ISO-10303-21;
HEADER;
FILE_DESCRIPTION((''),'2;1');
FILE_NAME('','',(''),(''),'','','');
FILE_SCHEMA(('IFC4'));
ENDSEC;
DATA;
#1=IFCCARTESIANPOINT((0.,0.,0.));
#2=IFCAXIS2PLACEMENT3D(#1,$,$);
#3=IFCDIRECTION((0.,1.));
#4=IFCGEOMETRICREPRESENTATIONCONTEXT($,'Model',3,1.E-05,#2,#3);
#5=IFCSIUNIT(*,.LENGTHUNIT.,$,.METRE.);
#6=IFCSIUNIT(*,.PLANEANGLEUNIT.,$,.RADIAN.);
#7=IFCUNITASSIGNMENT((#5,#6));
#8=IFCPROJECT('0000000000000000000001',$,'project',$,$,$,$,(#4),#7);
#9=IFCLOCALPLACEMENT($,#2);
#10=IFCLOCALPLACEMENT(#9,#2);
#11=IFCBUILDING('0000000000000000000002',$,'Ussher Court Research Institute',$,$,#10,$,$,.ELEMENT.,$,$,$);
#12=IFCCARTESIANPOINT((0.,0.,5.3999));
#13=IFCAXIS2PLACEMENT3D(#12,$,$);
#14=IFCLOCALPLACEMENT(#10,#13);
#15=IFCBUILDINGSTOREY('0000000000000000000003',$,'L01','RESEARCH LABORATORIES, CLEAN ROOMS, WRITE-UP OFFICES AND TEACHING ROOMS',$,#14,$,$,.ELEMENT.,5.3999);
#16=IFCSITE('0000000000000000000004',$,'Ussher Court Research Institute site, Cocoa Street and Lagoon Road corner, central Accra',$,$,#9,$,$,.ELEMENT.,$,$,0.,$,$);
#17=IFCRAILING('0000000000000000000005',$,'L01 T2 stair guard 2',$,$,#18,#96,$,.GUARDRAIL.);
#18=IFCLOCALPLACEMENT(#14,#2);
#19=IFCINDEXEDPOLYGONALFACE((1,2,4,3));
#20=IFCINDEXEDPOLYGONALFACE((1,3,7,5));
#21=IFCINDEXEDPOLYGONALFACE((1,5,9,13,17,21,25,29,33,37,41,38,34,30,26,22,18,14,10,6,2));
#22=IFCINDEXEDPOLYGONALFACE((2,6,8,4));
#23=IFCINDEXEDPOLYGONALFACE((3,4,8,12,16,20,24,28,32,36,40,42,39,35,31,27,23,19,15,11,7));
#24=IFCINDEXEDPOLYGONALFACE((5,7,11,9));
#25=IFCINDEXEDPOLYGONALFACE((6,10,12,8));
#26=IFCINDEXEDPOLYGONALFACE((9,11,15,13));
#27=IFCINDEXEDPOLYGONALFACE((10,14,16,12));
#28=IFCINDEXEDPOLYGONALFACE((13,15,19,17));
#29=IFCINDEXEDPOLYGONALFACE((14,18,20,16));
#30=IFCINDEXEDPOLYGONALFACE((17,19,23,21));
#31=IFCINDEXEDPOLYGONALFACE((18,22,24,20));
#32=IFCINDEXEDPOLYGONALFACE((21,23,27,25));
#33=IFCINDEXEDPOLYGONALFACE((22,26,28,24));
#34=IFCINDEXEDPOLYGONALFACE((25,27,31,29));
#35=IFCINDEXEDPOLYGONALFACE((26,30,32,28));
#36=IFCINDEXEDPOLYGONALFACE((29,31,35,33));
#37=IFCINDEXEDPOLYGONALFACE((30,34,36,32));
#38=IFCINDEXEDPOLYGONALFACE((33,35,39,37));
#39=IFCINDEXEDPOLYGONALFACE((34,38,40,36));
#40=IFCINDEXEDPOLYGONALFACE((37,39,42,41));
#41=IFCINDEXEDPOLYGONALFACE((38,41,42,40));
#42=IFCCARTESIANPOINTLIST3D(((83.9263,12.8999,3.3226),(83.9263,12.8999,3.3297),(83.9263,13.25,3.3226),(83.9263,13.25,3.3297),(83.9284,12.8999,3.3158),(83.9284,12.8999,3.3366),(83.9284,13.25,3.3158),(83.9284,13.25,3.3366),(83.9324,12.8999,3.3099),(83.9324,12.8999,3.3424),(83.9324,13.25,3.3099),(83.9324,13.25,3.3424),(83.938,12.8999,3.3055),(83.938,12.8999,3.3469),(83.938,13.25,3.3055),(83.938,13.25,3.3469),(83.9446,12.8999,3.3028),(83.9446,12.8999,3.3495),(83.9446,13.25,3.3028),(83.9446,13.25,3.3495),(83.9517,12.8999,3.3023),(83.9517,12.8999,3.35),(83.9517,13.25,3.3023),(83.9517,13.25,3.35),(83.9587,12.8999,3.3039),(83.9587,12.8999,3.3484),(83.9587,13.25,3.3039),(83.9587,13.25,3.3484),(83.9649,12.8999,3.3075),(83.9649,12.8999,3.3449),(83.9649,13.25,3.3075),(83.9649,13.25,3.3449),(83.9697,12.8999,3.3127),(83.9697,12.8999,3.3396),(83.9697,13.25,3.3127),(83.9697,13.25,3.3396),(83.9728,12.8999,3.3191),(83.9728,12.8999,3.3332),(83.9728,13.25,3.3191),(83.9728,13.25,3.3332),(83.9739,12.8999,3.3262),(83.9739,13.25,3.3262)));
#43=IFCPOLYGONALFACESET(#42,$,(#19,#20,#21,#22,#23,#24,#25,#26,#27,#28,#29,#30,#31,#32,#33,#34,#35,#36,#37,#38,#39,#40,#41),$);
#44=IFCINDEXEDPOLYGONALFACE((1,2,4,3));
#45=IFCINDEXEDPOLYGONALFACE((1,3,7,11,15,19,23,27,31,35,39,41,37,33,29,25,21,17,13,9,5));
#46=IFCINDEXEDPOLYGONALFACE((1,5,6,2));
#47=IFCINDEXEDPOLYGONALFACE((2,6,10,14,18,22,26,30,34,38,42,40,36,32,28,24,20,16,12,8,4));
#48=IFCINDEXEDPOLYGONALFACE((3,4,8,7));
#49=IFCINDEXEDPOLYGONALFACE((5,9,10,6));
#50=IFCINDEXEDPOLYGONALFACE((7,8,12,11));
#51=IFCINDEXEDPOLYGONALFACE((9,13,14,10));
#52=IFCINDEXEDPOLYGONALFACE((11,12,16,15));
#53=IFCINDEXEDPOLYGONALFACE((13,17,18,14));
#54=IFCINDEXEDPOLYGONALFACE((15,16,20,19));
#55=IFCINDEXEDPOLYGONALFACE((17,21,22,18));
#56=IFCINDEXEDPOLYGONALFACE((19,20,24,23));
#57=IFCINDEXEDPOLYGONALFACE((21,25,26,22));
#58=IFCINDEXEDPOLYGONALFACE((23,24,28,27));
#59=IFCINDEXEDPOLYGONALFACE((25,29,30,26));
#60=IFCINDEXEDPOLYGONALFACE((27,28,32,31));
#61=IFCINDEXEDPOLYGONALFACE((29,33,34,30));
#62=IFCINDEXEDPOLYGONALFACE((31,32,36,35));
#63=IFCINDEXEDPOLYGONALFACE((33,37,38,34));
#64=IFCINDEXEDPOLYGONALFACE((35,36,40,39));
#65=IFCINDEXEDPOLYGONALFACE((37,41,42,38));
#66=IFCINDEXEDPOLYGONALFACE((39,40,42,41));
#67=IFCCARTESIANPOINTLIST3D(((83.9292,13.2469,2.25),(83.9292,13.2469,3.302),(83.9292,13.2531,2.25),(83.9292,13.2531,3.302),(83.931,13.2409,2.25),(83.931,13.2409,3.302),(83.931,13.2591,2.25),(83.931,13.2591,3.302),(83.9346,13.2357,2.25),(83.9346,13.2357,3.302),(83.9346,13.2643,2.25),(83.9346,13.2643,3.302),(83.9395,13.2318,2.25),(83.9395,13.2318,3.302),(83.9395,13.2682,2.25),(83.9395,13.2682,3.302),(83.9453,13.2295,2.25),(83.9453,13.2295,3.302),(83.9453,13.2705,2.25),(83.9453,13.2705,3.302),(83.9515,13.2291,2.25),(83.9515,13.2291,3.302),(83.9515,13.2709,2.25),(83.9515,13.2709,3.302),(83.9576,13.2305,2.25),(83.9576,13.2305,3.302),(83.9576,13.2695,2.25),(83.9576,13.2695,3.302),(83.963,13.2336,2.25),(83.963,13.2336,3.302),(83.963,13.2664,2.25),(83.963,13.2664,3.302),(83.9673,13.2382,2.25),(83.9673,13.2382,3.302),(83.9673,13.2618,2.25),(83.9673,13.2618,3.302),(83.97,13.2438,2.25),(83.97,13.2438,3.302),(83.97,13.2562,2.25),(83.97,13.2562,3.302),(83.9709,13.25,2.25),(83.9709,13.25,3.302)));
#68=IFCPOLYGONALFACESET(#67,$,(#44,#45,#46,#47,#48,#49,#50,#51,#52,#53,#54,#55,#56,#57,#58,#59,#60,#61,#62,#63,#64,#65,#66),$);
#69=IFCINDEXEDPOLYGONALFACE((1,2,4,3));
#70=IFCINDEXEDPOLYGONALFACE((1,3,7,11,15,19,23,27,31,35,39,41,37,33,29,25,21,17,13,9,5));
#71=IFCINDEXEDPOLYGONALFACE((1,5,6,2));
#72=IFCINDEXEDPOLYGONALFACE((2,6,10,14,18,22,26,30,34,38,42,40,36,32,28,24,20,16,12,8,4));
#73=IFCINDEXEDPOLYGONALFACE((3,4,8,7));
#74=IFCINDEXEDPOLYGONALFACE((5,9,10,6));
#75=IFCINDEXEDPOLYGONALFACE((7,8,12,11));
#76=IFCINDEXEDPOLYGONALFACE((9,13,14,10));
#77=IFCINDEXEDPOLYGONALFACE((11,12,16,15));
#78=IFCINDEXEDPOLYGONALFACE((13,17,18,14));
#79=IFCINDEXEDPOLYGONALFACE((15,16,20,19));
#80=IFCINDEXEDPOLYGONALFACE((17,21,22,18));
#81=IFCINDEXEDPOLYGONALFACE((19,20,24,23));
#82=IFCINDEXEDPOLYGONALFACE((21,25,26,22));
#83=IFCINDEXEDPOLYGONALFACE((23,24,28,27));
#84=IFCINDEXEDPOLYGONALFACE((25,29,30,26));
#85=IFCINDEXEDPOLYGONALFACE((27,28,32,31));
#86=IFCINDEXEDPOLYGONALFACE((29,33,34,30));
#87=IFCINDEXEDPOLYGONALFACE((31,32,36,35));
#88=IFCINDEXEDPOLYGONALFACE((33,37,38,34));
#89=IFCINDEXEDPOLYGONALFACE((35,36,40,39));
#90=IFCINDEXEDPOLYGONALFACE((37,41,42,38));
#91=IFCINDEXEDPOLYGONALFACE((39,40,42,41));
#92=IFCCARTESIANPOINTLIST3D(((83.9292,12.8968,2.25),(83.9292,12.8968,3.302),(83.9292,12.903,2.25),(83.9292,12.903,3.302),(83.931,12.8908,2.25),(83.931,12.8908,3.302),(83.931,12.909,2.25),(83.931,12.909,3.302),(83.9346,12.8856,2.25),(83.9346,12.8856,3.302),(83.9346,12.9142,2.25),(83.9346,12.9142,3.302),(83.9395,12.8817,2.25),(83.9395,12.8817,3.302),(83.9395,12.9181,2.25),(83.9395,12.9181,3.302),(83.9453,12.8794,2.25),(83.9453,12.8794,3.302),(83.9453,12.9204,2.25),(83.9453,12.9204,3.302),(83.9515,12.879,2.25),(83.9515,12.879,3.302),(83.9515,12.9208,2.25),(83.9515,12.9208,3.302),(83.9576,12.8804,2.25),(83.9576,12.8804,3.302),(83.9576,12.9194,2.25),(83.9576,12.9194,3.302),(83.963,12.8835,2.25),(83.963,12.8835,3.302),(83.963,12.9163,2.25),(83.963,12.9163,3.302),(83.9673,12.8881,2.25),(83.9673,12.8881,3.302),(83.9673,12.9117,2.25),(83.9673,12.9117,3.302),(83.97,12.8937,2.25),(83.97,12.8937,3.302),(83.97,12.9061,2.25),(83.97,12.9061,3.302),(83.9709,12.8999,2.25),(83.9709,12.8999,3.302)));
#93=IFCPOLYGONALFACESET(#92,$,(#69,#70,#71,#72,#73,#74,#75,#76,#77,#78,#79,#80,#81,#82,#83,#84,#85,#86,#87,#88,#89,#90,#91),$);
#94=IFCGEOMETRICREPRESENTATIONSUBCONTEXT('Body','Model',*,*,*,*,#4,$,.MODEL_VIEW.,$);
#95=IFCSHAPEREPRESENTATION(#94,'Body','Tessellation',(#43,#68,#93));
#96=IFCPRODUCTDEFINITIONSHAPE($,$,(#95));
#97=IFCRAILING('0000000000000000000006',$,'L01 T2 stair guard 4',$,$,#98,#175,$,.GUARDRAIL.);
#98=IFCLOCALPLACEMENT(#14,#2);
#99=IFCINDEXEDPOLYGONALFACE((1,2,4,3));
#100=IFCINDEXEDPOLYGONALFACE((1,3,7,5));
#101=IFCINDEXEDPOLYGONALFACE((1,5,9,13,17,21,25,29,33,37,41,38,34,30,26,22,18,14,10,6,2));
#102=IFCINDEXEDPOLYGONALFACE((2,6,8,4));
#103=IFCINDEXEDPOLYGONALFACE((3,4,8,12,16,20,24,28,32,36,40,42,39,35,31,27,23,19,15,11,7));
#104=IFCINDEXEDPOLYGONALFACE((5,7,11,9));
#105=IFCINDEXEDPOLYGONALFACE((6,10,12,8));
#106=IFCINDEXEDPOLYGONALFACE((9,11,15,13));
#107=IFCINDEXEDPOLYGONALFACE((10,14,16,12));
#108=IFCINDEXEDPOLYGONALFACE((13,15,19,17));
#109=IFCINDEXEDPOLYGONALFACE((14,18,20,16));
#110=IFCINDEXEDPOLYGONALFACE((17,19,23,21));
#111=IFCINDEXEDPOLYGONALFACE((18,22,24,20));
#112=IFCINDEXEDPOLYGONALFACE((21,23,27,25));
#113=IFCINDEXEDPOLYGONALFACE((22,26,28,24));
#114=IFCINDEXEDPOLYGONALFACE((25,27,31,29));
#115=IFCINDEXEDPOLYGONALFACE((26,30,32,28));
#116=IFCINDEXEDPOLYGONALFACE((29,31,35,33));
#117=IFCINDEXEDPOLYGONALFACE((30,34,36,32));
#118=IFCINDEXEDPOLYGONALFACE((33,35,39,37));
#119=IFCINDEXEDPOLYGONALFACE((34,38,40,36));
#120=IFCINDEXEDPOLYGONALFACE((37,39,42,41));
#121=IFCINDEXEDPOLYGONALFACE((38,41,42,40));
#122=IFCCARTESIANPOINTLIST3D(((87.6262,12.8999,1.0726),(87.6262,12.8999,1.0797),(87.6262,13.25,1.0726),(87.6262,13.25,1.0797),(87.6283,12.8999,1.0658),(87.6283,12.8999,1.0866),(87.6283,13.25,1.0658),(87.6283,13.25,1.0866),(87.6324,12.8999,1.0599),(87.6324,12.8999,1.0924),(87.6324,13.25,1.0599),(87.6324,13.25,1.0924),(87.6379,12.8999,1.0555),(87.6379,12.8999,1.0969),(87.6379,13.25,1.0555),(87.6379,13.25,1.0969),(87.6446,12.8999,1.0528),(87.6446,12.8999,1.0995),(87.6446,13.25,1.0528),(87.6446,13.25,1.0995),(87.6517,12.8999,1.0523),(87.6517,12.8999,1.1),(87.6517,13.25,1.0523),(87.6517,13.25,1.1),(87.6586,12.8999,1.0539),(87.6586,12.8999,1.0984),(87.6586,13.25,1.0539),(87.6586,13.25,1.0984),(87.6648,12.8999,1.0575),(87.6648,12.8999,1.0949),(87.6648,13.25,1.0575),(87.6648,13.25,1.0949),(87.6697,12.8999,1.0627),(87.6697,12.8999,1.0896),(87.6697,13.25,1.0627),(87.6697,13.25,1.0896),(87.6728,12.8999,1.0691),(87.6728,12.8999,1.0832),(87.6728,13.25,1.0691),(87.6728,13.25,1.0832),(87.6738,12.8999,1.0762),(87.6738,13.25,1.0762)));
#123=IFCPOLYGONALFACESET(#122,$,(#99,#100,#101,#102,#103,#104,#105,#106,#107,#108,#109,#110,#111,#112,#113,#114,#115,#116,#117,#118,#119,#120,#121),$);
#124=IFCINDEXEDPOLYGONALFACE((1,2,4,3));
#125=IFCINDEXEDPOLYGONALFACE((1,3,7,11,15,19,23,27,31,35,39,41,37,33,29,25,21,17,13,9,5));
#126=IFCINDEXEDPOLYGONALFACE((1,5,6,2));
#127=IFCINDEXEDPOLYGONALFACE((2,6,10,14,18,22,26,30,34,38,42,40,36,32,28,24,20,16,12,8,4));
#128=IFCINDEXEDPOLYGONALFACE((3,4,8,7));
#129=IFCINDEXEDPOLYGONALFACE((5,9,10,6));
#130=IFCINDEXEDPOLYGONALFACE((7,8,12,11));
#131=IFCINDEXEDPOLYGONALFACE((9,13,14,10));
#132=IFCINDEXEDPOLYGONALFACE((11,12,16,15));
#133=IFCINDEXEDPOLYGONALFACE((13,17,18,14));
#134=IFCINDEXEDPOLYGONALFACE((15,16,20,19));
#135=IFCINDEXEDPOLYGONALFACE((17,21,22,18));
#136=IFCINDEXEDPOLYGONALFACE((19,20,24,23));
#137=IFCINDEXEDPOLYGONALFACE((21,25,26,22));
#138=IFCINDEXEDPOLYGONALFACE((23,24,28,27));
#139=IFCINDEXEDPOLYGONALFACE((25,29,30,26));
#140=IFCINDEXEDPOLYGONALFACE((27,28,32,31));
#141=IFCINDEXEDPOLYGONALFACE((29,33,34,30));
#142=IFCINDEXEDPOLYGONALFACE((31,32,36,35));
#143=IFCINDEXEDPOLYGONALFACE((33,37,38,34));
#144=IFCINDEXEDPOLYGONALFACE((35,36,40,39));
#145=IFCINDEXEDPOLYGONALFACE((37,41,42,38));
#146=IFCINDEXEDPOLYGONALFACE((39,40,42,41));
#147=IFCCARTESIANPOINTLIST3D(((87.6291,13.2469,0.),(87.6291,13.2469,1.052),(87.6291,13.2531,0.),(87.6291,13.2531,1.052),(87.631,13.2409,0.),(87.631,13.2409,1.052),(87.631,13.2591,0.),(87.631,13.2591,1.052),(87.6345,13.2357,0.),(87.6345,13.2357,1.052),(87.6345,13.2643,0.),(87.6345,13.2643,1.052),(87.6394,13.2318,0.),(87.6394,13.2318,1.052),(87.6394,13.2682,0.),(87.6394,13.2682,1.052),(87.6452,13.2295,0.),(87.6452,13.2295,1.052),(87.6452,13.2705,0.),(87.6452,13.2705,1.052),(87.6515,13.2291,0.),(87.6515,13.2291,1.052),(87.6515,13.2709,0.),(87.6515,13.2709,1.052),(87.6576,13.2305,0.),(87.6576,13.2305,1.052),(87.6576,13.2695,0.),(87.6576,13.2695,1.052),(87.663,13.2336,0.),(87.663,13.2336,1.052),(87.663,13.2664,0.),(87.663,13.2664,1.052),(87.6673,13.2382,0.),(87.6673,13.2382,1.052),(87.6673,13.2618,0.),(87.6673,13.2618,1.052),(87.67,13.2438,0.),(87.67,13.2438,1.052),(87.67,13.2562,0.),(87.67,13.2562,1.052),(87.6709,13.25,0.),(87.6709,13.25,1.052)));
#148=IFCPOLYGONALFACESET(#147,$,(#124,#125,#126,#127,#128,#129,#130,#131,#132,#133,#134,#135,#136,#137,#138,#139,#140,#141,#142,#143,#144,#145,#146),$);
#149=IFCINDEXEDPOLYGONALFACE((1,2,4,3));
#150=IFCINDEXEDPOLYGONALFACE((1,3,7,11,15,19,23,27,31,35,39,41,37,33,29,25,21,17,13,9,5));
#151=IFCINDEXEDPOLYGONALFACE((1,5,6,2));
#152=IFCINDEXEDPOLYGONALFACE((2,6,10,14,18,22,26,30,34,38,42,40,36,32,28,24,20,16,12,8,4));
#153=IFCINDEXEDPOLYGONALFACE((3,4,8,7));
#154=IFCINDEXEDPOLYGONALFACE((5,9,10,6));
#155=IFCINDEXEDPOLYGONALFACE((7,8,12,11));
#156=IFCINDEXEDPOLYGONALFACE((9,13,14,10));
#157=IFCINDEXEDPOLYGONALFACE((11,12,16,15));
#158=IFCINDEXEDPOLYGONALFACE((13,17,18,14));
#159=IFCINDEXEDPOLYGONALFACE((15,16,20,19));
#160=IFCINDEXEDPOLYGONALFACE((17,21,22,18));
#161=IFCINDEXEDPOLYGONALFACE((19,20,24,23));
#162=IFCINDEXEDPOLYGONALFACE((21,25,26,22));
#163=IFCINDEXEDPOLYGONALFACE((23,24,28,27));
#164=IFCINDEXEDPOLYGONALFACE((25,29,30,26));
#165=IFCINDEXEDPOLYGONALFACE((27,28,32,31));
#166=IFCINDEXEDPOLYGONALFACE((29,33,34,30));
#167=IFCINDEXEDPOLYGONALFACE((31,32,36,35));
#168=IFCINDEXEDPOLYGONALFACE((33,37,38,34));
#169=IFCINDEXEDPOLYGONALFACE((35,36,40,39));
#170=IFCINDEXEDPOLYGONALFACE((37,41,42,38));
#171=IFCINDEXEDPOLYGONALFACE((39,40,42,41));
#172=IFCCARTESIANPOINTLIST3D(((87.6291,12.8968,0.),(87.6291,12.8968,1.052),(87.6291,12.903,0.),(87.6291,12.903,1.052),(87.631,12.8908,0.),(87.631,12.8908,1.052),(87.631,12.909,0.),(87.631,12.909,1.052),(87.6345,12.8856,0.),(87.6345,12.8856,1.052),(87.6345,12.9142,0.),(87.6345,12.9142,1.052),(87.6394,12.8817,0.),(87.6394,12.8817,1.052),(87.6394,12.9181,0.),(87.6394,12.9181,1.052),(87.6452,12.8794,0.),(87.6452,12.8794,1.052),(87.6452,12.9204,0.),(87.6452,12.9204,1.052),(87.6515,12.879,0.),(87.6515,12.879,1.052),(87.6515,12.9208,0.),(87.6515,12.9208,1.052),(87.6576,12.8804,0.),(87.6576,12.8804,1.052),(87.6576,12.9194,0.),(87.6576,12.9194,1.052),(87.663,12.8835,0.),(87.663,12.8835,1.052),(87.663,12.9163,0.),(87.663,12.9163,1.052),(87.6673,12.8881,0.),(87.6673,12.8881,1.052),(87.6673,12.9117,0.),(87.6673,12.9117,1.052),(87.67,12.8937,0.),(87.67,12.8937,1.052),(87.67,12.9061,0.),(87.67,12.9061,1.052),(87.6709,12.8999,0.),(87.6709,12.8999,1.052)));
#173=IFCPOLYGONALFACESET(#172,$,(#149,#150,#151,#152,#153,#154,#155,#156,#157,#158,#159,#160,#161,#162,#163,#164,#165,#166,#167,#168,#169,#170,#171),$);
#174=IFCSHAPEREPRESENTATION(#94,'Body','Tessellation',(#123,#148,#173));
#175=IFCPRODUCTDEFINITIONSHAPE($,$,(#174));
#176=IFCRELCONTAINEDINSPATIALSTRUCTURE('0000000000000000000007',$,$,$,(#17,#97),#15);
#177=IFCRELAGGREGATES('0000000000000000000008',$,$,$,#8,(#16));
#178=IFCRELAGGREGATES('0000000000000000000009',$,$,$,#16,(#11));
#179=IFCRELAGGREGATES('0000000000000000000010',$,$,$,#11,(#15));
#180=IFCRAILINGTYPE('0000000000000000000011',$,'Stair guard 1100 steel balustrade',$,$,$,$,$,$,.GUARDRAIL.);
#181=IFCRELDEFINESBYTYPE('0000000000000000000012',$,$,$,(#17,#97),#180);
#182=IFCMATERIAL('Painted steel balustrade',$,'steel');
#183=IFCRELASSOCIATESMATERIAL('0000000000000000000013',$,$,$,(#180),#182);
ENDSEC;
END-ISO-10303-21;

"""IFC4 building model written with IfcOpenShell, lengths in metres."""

from ifc_helpers import new_model, si_unit, direction, frame, origin, origin_2d, place, context, subcontext, project, spatial, circle, extrude, material, type_object, element, save


model = new_model("IFC4")

# Units and contexts
model_context = context("Model", 3, precision=1e-05, world=origin(), true_north=direction((0.0, 1.0)))
body_context = subcontext(model_context, "Body", "Model", "MODEL_VIEW")
ifc_project = project(units=[si_unit("LENGTHUNIT", "METRE"), si_unit("PLANEANGLEUNIT", "RADIAN")], contexts=[model_context])

# Site, building, storey
site_placement = place(None, origin())
site = spatial("IfcSite", under=ifc_project, at=site_placement, Name="Ussher Court Research Institute site, Cocoa Street and Lagoon Road corner, central Accra", CompositionType="ELEMENT", RefElevation=0.0)
building_placement = place(site_placement, origin())
building = spatial("IfcBuilding", under=site, at=building_placement, Name="Ussher Court Research Institute", CompositionType="ELEMENT")
storey_placement = place(building_placement, frame((0.0, 0.0, 5.3999)))
storey = spatial("IfcBuildingStorey", under=building, at=storey_placement, Name="L01", Description="RESEARCH LABORATORIES, CLEAN ROOMS, WRITE-UP OFFICES AND TEACHING ROOMS", CompositionType="ELEMENT", Elevation=5.3999)

# Railings
ifc_material_1 = material(Name="Painted steel balustrade", Category="steel")
railing_type_1 = type_object("IfcRailingType", Name="Stair guard 1100 steel balustrade", PredefinedType="GUARDRAIL", material=ifc_material_1)
for number, where, name in (
    (1, (83.95, 13.25, 2.25), "L01 T2 stair guard 2"),
    (2, (87.6499, 13.25, 0.0), "L01 T2 stair guard 4"),
):
    element("IfcRailing", number, at=place(storey_placement, frame(where)), inside=storey, type_object=railing_type_1, Name=name, PredefinedType="GUARDRAIL", context=body_context, shape_type="SweptSolid", body=[
        extrude(circle(Radius=0.0239, at=origin_2d()), frame((0.0, 0.0, 1.0762), z_axis=(0.0, -1.0, 0.0), x_axis=(1.0, 0.0, 0.0)), (0.0, 0.0, 1.0), 0.3501),
        extrude(circle(Radius=0.021, at=origin_2d()), origin(), (0.0, 0.0, 1.0), 1.052),
        extrude(circle(Radius=0.021, at=origin_2d()), frame((0.0, -0.3501, 0.0)), (0.0, 0.0, 1.0), 1.052),
    ])

save(model, "model.ifc")
